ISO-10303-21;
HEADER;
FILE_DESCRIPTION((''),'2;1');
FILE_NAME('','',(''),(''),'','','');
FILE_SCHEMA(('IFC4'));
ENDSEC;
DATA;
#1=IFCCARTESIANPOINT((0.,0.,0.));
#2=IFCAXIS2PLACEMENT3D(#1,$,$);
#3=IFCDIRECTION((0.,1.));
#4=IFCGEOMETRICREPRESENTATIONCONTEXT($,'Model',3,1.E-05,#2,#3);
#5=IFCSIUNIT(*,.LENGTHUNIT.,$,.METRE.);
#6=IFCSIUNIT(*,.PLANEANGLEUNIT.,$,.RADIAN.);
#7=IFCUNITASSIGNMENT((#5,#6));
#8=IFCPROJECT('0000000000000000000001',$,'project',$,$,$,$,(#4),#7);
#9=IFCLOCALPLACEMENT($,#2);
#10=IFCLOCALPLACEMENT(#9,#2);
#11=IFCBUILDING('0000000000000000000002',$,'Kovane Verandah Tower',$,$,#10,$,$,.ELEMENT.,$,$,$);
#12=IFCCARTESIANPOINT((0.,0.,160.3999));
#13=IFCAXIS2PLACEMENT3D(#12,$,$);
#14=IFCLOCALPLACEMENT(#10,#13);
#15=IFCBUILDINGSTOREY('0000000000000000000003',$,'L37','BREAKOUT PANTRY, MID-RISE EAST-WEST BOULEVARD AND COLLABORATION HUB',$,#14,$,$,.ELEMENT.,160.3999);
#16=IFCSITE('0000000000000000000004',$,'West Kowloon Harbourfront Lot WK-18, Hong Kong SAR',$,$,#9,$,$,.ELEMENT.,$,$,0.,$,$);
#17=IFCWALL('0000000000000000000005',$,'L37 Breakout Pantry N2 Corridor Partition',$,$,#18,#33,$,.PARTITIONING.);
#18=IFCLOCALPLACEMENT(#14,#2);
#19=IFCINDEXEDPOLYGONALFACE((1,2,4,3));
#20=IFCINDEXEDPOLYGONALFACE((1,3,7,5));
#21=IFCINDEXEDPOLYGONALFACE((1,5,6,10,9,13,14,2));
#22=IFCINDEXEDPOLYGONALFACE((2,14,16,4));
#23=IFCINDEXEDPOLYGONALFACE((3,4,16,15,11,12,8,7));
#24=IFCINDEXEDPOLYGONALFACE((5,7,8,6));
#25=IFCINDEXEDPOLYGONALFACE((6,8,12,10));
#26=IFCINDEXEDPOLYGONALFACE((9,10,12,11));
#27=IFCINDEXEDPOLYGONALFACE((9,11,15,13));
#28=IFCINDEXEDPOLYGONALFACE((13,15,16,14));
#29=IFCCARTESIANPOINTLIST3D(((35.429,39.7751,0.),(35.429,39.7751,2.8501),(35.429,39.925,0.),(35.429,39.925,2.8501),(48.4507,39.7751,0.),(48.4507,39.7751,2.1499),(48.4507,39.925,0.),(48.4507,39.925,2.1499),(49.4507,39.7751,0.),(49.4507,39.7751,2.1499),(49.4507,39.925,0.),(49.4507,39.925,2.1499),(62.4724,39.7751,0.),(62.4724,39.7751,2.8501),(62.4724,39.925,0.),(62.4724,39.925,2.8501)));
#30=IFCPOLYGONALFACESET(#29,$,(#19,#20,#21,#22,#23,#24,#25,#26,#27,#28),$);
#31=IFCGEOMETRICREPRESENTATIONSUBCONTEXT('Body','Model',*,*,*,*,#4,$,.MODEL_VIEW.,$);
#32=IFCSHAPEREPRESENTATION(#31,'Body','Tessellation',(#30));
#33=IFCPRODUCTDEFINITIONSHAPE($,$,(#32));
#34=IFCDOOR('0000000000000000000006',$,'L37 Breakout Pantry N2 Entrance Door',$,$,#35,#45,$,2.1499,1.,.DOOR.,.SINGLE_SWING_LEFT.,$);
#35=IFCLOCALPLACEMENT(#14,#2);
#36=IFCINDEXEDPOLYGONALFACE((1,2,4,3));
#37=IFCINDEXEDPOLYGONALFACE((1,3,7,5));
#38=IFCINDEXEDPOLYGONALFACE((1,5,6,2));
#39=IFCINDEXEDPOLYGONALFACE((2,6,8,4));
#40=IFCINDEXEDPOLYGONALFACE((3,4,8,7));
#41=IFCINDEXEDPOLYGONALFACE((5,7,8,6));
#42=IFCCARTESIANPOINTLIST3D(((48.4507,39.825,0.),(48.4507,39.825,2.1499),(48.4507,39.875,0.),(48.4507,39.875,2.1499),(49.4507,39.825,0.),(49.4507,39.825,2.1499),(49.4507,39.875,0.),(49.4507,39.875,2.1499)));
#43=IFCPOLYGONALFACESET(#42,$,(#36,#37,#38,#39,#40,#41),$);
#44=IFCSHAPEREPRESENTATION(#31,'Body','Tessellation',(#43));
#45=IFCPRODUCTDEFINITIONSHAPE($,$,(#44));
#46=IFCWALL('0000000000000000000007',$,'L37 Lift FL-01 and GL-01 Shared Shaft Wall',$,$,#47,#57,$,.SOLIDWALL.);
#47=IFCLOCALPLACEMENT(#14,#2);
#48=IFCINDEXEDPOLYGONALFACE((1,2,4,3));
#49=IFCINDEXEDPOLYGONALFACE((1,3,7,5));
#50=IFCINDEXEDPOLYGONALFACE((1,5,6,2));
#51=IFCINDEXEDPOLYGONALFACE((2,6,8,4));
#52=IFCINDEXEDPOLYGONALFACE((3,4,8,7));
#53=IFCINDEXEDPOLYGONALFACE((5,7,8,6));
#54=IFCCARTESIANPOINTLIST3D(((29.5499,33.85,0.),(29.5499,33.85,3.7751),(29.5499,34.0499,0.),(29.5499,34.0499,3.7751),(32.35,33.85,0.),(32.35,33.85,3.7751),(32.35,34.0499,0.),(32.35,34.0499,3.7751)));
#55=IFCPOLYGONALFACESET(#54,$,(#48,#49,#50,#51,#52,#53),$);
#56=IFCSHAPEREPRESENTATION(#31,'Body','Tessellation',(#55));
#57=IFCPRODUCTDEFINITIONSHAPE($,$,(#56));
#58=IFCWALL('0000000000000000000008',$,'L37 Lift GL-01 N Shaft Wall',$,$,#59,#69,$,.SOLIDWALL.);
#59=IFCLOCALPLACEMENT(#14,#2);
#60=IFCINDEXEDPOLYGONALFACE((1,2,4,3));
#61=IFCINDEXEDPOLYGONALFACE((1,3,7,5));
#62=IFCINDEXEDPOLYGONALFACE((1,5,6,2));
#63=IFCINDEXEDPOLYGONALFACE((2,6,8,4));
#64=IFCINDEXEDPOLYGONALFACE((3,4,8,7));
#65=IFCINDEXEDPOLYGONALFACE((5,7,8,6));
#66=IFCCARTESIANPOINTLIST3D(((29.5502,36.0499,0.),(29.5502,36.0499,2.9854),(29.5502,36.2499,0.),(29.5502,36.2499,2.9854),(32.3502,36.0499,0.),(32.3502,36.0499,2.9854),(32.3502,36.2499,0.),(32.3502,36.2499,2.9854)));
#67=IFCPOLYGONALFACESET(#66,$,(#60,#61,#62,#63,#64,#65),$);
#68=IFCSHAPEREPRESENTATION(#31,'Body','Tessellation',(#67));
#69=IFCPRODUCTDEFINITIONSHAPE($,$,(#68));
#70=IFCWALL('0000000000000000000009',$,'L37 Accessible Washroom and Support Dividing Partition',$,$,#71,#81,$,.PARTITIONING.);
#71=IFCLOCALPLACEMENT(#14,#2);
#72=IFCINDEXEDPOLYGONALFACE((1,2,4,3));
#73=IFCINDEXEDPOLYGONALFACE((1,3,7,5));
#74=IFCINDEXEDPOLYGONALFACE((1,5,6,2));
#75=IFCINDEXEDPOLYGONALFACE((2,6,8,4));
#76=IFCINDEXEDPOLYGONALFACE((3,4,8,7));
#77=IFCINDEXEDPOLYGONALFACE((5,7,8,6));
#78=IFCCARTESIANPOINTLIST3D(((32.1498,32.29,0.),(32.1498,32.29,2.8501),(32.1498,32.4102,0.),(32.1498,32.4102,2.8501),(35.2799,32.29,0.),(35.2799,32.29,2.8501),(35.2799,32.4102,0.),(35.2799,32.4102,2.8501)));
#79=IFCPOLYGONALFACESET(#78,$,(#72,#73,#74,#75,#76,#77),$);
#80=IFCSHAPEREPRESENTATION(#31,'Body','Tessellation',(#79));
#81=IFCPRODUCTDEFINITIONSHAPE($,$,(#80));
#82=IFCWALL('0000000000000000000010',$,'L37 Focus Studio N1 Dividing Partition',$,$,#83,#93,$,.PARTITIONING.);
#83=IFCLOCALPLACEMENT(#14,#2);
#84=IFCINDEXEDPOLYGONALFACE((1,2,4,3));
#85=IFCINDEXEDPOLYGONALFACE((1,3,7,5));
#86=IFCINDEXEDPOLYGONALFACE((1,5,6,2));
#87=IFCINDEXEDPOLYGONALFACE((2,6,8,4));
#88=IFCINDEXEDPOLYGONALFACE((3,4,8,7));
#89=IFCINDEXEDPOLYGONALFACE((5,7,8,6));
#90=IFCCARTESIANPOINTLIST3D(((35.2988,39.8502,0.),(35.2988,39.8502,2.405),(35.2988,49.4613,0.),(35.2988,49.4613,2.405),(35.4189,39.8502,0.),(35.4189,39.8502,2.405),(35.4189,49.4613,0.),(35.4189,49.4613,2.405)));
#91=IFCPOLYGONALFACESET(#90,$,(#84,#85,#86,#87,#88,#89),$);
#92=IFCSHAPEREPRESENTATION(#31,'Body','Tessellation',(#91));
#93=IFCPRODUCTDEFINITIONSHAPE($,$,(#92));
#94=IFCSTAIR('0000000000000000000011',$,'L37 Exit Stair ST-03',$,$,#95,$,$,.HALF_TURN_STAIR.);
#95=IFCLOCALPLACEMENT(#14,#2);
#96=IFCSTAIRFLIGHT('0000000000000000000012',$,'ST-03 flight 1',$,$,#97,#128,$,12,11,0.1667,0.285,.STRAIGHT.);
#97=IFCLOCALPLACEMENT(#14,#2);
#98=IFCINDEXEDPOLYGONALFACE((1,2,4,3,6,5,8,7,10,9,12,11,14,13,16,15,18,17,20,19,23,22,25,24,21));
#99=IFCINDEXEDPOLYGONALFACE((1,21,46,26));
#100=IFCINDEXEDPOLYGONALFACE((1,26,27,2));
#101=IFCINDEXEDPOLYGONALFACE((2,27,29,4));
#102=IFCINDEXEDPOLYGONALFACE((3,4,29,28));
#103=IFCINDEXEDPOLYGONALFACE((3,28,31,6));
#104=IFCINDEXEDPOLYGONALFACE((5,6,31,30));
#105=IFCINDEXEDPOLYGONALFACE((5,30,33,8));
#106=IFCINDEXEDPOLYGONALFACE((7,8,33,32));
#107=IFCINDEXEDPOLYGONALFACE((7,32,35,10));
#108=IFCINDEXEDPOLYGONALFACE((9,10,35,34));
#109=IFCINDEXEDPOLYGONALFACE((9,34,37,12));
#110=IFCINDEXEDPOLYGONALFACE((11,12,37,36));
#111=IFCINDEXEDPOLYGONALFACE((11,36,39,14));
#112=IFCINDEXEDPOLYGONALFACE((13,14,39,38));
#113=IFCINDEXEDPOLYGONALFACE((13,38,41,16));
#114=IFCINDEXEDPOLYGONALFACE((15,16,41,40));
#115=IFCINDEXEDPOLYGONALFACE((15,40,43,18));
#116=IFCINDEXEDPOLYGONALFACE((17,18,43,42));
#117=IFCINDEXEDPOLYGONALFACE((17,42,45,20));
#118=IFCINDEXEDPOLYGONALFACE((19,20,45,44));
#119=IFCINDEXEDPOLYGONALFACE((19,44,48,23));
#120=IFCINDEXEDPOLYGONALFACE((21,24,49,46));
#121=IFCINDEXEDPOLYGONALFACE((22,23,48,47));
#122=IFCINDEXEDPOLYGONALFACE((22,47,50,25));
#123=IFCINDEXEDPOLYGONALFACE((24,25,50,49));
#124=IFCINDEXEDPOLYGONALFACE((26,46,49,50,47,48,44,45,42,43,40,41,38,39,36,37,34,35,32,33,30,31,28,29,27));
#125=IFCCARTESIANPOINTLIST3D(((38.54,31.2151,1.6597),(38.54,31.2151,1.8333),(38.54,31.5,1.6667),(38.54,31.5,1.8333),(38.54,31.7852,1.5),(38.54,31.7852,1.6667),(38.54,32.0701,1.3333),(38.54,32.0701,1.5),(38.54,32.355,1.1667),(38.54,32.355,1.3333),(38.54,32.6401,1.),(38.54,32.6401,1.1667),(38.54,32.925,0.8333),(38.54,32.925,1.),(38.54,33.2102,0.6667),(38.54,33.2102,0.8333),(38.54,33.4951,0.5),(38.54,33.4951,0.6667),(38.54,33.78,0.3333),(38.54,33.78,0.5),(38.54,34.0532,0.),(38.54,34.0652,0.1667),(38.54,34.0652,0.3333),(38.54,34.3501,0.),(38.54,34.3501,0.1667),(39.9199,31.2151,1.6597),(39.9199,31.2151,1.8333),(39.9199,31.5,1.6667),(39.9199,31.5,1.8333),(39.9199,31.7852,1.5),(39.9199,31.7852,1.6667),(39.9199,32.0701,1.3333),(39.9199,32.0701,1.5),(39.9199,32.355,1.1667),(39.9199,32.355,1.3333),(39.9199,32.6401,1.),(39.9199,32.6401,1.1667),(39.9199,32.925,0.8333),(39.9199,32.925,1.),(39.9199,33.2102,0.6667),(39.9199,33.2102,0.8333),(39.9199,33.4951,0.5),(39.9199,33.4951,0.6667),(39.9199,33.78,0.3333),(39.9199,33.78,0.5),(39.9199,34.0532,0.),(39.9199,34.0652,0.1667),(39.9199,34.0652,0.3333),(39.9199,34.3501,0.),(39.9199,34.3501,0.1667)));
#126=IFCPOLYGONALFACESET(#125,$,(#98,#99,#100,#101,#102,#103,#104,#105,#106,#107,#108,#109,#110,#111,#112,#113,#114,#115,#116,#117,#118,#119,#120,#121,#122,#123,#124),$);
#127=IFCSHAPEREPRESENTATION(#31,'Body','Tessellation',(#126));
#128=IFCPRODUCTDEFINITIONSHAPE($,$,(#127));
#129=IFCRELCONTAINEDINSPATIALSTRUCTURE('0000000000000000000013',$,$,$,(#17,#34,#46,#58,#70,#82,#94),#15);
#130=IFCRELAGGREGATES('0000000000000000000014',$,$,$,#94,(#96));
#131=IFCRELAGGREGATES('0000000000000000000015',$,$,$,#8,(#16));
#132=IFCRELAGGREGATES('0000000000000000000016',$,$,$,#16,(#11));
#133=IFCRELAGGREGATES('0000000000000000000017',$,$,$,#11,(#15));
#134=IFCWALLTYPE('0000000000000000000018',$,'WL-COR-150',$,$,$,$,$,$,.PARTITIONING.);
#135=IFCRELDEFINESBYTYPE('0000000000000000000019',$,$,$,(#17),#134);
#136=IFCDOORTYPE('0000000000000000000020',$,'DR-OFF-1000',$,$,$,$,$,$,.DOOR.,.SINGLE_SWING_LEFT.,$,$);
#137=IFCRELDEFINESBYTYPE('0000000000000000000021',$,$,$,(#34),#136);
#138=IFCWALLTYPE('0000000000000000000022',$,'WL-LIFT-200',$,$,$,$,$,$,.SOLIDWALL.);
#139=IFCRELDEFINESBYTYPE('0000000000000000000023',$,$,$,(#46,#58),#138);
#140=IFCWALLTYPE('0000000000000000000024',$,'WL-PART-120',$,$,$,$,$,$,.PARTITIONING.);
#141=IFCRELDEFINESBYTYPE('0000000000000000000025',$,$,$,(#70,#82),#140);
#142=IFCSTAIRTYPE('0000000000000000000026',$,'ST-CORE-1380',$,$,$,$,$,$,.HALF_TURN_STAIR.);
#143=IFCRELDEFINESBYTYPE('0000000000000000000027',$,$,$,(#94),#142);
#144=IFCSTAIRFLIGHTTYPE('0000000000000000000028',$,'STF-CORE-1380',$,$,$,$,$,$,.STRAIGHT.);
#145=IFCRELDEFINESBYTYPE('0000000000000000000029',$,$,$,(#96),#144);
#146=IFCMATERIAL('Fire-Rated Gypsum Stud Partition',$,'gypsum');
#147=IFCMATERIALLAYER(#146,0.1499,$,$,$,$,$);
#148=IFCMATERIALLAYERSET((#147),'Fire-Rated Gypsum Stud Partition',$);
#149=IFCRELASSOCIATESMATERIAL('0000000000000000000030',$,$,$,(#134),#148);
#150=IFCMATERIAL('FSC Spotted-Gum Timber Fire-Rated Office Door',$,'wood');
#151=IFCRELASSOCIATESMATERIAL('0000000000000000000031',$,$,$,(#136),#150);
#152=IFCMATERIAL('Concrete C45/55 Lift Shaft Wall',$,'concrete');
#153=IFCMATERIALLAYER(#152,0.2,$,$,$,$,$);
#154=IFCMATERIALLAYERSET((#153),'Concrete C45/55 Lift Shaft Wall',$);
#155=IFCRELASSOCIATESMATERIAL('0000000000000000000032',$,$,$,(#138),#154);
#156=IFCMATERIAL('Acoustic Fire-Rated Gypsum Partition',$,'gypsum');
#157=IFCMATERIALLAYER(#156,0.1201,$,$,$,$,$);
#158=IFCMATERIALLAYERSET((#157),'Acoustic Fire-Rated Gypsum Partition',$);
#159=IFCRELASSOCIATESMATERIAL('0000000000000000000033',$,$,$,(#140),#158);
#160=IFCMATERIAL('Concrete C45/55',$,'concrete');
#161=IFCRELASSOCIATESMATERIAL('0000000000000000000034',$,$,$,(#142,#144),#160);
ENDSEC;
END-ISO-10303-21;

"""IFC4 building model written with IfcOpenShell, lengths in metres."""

from ifc_helpers import new_model, si_unit, direction, frame, frame_2d, origin, place, context, subcontext, project, spatial, polyline, rectangle, outline, extrude, material, layer, layer_set, type_object, element, fill, aggregate, save


model = new_model("IFC4")

# Units and contexts
model_context = context("Model", 3, precision=1e-05, world=origin(), true_north=direction((0.0, 1.0)))
body_context = subcontext(model_context, "Body", "Model", "MODEL_VIEW")
ifc_project = project(units=[si_unit("LENGTHUNIT", "METRE"), si_unit("PLANEANGLEUNIT", "RADIAN")], contexts=[model_context])

# Site, building, storey
site_placement = place(None, origin())
site = spatial("IfcSite", under=ifc_project, at=site_placement, Name="West Kowloon Harbourfront Lot WK-18, Hong Kong SAR", CompositionType="ELEMENT", RefElevation=0.0)
building_placement = place(site_placement, origin())
building = spatial("IfcBuilding", under=site, at=building_placement, Name="Kovane Verandah Tower", CompositionType="ELEMENT")
storey_placement = place(building_placement, frame((0.0, 0.0, 160.3999)))
storey = spatial("IfcBuildingStorey", under=building, at=storey_placement, Name="L37", Description="BREAKOUT PANTRY, MID-RISE EAST-WEST BOULEVARD AND COLLABORATION HUB", CompositionType="ELEMENT", Elevation=160.3999)

# Shared definitions
ifc_material_1 = material(Name="Fire-Rated Gypsum Stud Partition", Category="gypsum")
ifc_layer_1 = layer(ifc_material_1, 0.1499)
ifc_layer_set_1 = layer_set([ifc_layer_1], Name="Fire-Rated Gypsum Stud Partition")
wall_type_1 = type_object("IfcWallType", Name="WL-COR-150", PredefinedType="PARTITIONING", material=ifc_layer_set_1)

# Wall, opening, door
ifc_material_2 = material(Name="FSC Spotted-Gum Timber Fire-Rated Office Door", Category="wood")
door_type_1 = type_object("IfcDoorType", Name="DR-OFF-1000", OperationType="SINGLE_SWING_LEFT", PredefinedType="DOOR", material=ifc_material_2)
wall_1_placement = place(storey_placement, frame((35.429, 39.8501, 0.0), z_axis=(0.0, 0.0, 1.0), x_axis=(1.0, 0.0, 0.0)))
wall_1 = element("IfcWall", 1, at=wall_1_placement, inside=storey, type_object=wall_type_1, Name="L37 Breakout Pantry N2 Corridor Partition", PredefinedType="PARTITIONING", context=body_context, shape_type="SweptSolid", body=[
    extrude(rectangle(XDim=27.0435, YDim=0.1499, at=frame_2d((13.5217, 0.0))), origin(), (0.0, 0.0, 1.0), 2.8501),
])
opening_1_placement = place(wall_1_placement, frame((13.0217, 0.0, 0.0)))
opening_1 = element("IfcOpeningElement", 2, at=opening_1_placement, cuts=wall_1, PredefinedType="OPENING", context=body_context, shape_type="SweptSolid", body=[
    extrude(rectangle(XDim=1.0, YDim=2.1499, at=frame_2d((0.5, 1.075))), frame((0.0, 0.075, 0.0), z_axis=(0.0, -1.0, 0.0), x_axis=(1.0, 0.0, 0.0)), (0.0, 0.0, 1.0), 0.1499),
])
door_1_placement = place(opening_1_placement, origin())
door_1 = element("IfcDoor", 3, at=door_1_placement, inside=storey, type_object=door_type_1, Name="L37 Breakout Pantry N2 Entrance Door", OperationType="SINGLE_SWING_LEFT", OverallHeight=2.1499, OverallWidth=1.0, PredefinedType="DOOR", context=body_context, shape_type="SweptSolid", body=[
    extrude(rectangle(XDim=1.0, YDim=2.1499, at=frame_2d((0.5, 1.075))), frame((0.0, 0.0249, 0.0), z_axis=(0.0, -1.0, 0.0), x_axis=(1.0, 0.0, 0.0)), (0.0, 0.0, 1.0), 0.05),
])
fill(opening_1, door_1)

# Walls
ifc_material_3 = material(Name="Concrete C45/55 Lift Shaft Wall", Category="concrete")
ifc_layer_2 = layer(ifc_material_3, 0.2)
ifc_layer_set_2 = layer_set([ifc_layer_2], Name="Concrete C45/55 Lift Shaft Wall")
wall_type_2 = type_object("IfcWallType", Name="WL-LIFT-200", PredefinedType="SOLIDWALL", material=ifc_layer_set_2)
wall_2_placement = place(storey_placement, frame((29.55, 33.95, 0.0), z_axis=(0.0, 0.0, 1.0), x_axis=(1.0, 0.0, 0.0)))
element("IfcWall", 4, at=wall_2_placement, inside=storey, type_object=wall_type_2, Name="L37 Lift FL-01 and GL-01 Shared Shaft Wall", PredefinedType="SOLIDWALL", context=body_context, shape_type="SweptSolid", body=[
    extrude(rectangle(XDim=2.8, YDim=0.2, at=frame_2d((1.3999, 0.0))), origin(), (0.0, 0.0, 1.0), 3.7751),
])
wall_3_placement = place(storey_placement, frame((32.3501, 36.1499, 0.0), z_axis=(0.0, 0.0, 1.0), x_axis=(-1.0, 0.0, 0.0)))
element("IfcWall", 5, at=wall_3_placement, inside=storey, type_object=wall_type_2, Name="L37 Lift GL-01 N Shaft Wall", PredefinedType="SOLIDWALL", context=body_context, shape_type="SweptSolid", body=[
    extrude(rectangle(XDim=2.8, YDim=0.2, at=frame_2d((1.3999, 0.0))), origin(), (0.0, 0.0, 1.0), 2.9854),
])

# Walls
ifc_material_4 = material(Name="Acoustic Fire-Rated Gypsum Partition", Category="gypsum")
ifc_layer_3 = layer(ifc_material_4, 0.1201)
ifc_layer_set_3 = layer_set([ifc_layer_3], Name="Acoustic Fire-Rated Gypsum Partition")
wall_type_3 = type_object("IfcWallType", Name="WL-PART-120", PredefinedType="PARTITIONING", material=ifc_layer_set_3)
wall_4_placement = place(storey_placement, frame((32.1499, 32.3501, 0.0), z_axis=(0.0, 0.0, 1.0), x_axis=(1.0, 0.0, 0.0)))
element("IfcWall", 6, at=wall_4_placement, inside=storey, type_object=wall_type_3, Name="L37 Accessible Washroom and Support Dividing Partition", PredefinedType="PARTITIONING", context=body_context, shape_type="SweptSolid", body=[
    extrude(rectangle(XDim=3.1301, YDim=0.1201, at=frame_2d((1.5649, 0.0))), origin(), (0.0, 0.0, 1.0), 2.8501),
])
wall_5_placement = place(storey_placement, frame((35.3589, 39.8501, 0.0), z_axis=(0.0, 0.0, 1.0), x_axis=(0.0, 1.0, 0.0)))
element("IfcWall", 7, at=wall_5_placement, inside=storey, type_object=wall_type_3, Name="L37 Focus Studio N1 Dividing Partition", PredefinedType="PARTITIONING", context=body_context, shape_type="SweptSolid", body=[
    extrude(rectangle(XDim=9.6111, YDim=0.1201, at=frame_2d((4.8057, 0.0))), origin(), (0.0, 0.0, 1.0), 2.405),
])

# Stair, stair flight
ifc_material_5 = material(Name="Concrete C45/55", Category="concrete")
stair_type = type_object("IfcStairType", Name="ST-CORE-1380", PredefinedType="HALF_TURN_STAIR", material=ifc_material_5)
stair_placement = place(storey_placement, origin())
stair = element("IfcStair", 8, at=stair_placement, inside=storey, type_object=stair_type, Name="L37 Exit Stair ST-03", PredefinedType="HALF_TURN_STAIR")
stair_flight_type = type_object("IfcStairFlightType", Name="STF-CORE-1380", PredefinedType="STRAIGHT", material=ifc_material_5)
stair_flight_placement = place(storey_placement, frame((39.23, 34.3501, 0.0), z_axis=(0.0, 0.0, 1.0), x_axis=(0.0, -1.0, 0.0)))
stair_flight = element("IfcStairFlight", 9, at=stair_flight_placement, type_object=stair_flight_type, Name="ST-03 flight 1", NumberOfRisers=12, NumberOfTreads=11, PredefinedType="STRAIGHT", RiserHeight=0.1667, TreadLength=0.285, context=body_context, shape_type="SweptSolid", body=[
    extrude(outline(polyline([(0.0, 0.0), (0.0, 0.1667), (0.2849, 0.1667), (0.2849, 0.3333), (0.5701, 0.3333), (0.5701, 0.5), (0.855, 0.5), (0.855, 0.6667), (1.1399, 0.6667), (1.1399, 0.8333), (1.425, 0.8333), (1.425, 1.0), (1.71, 1.0), (1.71, 1.1667), (1.9951, 1.1667), (1.9951, 1.3333), (2.28, 1.3333), (2.28, 1.5), (2.5649, 1.5), (2.5649, 1.6667), (2.8501, 1.6667), (2.8501, 1.8333), (3.135, 1.8333), (3.135, 2.0), (3.135, 1.6597), (0.2969, 0.0), (0.0, 0.0)])), frame((0.0, 0.6899, 0.0), z_axis=(0.0, -1.0, 0.0), x_axis=(1.0, 0.0, 0.0)), (0.0, 0.0, 1.0), 1.3799),
])
aggregate(stair, [stair_flight])

save(model, "model.ifc")
